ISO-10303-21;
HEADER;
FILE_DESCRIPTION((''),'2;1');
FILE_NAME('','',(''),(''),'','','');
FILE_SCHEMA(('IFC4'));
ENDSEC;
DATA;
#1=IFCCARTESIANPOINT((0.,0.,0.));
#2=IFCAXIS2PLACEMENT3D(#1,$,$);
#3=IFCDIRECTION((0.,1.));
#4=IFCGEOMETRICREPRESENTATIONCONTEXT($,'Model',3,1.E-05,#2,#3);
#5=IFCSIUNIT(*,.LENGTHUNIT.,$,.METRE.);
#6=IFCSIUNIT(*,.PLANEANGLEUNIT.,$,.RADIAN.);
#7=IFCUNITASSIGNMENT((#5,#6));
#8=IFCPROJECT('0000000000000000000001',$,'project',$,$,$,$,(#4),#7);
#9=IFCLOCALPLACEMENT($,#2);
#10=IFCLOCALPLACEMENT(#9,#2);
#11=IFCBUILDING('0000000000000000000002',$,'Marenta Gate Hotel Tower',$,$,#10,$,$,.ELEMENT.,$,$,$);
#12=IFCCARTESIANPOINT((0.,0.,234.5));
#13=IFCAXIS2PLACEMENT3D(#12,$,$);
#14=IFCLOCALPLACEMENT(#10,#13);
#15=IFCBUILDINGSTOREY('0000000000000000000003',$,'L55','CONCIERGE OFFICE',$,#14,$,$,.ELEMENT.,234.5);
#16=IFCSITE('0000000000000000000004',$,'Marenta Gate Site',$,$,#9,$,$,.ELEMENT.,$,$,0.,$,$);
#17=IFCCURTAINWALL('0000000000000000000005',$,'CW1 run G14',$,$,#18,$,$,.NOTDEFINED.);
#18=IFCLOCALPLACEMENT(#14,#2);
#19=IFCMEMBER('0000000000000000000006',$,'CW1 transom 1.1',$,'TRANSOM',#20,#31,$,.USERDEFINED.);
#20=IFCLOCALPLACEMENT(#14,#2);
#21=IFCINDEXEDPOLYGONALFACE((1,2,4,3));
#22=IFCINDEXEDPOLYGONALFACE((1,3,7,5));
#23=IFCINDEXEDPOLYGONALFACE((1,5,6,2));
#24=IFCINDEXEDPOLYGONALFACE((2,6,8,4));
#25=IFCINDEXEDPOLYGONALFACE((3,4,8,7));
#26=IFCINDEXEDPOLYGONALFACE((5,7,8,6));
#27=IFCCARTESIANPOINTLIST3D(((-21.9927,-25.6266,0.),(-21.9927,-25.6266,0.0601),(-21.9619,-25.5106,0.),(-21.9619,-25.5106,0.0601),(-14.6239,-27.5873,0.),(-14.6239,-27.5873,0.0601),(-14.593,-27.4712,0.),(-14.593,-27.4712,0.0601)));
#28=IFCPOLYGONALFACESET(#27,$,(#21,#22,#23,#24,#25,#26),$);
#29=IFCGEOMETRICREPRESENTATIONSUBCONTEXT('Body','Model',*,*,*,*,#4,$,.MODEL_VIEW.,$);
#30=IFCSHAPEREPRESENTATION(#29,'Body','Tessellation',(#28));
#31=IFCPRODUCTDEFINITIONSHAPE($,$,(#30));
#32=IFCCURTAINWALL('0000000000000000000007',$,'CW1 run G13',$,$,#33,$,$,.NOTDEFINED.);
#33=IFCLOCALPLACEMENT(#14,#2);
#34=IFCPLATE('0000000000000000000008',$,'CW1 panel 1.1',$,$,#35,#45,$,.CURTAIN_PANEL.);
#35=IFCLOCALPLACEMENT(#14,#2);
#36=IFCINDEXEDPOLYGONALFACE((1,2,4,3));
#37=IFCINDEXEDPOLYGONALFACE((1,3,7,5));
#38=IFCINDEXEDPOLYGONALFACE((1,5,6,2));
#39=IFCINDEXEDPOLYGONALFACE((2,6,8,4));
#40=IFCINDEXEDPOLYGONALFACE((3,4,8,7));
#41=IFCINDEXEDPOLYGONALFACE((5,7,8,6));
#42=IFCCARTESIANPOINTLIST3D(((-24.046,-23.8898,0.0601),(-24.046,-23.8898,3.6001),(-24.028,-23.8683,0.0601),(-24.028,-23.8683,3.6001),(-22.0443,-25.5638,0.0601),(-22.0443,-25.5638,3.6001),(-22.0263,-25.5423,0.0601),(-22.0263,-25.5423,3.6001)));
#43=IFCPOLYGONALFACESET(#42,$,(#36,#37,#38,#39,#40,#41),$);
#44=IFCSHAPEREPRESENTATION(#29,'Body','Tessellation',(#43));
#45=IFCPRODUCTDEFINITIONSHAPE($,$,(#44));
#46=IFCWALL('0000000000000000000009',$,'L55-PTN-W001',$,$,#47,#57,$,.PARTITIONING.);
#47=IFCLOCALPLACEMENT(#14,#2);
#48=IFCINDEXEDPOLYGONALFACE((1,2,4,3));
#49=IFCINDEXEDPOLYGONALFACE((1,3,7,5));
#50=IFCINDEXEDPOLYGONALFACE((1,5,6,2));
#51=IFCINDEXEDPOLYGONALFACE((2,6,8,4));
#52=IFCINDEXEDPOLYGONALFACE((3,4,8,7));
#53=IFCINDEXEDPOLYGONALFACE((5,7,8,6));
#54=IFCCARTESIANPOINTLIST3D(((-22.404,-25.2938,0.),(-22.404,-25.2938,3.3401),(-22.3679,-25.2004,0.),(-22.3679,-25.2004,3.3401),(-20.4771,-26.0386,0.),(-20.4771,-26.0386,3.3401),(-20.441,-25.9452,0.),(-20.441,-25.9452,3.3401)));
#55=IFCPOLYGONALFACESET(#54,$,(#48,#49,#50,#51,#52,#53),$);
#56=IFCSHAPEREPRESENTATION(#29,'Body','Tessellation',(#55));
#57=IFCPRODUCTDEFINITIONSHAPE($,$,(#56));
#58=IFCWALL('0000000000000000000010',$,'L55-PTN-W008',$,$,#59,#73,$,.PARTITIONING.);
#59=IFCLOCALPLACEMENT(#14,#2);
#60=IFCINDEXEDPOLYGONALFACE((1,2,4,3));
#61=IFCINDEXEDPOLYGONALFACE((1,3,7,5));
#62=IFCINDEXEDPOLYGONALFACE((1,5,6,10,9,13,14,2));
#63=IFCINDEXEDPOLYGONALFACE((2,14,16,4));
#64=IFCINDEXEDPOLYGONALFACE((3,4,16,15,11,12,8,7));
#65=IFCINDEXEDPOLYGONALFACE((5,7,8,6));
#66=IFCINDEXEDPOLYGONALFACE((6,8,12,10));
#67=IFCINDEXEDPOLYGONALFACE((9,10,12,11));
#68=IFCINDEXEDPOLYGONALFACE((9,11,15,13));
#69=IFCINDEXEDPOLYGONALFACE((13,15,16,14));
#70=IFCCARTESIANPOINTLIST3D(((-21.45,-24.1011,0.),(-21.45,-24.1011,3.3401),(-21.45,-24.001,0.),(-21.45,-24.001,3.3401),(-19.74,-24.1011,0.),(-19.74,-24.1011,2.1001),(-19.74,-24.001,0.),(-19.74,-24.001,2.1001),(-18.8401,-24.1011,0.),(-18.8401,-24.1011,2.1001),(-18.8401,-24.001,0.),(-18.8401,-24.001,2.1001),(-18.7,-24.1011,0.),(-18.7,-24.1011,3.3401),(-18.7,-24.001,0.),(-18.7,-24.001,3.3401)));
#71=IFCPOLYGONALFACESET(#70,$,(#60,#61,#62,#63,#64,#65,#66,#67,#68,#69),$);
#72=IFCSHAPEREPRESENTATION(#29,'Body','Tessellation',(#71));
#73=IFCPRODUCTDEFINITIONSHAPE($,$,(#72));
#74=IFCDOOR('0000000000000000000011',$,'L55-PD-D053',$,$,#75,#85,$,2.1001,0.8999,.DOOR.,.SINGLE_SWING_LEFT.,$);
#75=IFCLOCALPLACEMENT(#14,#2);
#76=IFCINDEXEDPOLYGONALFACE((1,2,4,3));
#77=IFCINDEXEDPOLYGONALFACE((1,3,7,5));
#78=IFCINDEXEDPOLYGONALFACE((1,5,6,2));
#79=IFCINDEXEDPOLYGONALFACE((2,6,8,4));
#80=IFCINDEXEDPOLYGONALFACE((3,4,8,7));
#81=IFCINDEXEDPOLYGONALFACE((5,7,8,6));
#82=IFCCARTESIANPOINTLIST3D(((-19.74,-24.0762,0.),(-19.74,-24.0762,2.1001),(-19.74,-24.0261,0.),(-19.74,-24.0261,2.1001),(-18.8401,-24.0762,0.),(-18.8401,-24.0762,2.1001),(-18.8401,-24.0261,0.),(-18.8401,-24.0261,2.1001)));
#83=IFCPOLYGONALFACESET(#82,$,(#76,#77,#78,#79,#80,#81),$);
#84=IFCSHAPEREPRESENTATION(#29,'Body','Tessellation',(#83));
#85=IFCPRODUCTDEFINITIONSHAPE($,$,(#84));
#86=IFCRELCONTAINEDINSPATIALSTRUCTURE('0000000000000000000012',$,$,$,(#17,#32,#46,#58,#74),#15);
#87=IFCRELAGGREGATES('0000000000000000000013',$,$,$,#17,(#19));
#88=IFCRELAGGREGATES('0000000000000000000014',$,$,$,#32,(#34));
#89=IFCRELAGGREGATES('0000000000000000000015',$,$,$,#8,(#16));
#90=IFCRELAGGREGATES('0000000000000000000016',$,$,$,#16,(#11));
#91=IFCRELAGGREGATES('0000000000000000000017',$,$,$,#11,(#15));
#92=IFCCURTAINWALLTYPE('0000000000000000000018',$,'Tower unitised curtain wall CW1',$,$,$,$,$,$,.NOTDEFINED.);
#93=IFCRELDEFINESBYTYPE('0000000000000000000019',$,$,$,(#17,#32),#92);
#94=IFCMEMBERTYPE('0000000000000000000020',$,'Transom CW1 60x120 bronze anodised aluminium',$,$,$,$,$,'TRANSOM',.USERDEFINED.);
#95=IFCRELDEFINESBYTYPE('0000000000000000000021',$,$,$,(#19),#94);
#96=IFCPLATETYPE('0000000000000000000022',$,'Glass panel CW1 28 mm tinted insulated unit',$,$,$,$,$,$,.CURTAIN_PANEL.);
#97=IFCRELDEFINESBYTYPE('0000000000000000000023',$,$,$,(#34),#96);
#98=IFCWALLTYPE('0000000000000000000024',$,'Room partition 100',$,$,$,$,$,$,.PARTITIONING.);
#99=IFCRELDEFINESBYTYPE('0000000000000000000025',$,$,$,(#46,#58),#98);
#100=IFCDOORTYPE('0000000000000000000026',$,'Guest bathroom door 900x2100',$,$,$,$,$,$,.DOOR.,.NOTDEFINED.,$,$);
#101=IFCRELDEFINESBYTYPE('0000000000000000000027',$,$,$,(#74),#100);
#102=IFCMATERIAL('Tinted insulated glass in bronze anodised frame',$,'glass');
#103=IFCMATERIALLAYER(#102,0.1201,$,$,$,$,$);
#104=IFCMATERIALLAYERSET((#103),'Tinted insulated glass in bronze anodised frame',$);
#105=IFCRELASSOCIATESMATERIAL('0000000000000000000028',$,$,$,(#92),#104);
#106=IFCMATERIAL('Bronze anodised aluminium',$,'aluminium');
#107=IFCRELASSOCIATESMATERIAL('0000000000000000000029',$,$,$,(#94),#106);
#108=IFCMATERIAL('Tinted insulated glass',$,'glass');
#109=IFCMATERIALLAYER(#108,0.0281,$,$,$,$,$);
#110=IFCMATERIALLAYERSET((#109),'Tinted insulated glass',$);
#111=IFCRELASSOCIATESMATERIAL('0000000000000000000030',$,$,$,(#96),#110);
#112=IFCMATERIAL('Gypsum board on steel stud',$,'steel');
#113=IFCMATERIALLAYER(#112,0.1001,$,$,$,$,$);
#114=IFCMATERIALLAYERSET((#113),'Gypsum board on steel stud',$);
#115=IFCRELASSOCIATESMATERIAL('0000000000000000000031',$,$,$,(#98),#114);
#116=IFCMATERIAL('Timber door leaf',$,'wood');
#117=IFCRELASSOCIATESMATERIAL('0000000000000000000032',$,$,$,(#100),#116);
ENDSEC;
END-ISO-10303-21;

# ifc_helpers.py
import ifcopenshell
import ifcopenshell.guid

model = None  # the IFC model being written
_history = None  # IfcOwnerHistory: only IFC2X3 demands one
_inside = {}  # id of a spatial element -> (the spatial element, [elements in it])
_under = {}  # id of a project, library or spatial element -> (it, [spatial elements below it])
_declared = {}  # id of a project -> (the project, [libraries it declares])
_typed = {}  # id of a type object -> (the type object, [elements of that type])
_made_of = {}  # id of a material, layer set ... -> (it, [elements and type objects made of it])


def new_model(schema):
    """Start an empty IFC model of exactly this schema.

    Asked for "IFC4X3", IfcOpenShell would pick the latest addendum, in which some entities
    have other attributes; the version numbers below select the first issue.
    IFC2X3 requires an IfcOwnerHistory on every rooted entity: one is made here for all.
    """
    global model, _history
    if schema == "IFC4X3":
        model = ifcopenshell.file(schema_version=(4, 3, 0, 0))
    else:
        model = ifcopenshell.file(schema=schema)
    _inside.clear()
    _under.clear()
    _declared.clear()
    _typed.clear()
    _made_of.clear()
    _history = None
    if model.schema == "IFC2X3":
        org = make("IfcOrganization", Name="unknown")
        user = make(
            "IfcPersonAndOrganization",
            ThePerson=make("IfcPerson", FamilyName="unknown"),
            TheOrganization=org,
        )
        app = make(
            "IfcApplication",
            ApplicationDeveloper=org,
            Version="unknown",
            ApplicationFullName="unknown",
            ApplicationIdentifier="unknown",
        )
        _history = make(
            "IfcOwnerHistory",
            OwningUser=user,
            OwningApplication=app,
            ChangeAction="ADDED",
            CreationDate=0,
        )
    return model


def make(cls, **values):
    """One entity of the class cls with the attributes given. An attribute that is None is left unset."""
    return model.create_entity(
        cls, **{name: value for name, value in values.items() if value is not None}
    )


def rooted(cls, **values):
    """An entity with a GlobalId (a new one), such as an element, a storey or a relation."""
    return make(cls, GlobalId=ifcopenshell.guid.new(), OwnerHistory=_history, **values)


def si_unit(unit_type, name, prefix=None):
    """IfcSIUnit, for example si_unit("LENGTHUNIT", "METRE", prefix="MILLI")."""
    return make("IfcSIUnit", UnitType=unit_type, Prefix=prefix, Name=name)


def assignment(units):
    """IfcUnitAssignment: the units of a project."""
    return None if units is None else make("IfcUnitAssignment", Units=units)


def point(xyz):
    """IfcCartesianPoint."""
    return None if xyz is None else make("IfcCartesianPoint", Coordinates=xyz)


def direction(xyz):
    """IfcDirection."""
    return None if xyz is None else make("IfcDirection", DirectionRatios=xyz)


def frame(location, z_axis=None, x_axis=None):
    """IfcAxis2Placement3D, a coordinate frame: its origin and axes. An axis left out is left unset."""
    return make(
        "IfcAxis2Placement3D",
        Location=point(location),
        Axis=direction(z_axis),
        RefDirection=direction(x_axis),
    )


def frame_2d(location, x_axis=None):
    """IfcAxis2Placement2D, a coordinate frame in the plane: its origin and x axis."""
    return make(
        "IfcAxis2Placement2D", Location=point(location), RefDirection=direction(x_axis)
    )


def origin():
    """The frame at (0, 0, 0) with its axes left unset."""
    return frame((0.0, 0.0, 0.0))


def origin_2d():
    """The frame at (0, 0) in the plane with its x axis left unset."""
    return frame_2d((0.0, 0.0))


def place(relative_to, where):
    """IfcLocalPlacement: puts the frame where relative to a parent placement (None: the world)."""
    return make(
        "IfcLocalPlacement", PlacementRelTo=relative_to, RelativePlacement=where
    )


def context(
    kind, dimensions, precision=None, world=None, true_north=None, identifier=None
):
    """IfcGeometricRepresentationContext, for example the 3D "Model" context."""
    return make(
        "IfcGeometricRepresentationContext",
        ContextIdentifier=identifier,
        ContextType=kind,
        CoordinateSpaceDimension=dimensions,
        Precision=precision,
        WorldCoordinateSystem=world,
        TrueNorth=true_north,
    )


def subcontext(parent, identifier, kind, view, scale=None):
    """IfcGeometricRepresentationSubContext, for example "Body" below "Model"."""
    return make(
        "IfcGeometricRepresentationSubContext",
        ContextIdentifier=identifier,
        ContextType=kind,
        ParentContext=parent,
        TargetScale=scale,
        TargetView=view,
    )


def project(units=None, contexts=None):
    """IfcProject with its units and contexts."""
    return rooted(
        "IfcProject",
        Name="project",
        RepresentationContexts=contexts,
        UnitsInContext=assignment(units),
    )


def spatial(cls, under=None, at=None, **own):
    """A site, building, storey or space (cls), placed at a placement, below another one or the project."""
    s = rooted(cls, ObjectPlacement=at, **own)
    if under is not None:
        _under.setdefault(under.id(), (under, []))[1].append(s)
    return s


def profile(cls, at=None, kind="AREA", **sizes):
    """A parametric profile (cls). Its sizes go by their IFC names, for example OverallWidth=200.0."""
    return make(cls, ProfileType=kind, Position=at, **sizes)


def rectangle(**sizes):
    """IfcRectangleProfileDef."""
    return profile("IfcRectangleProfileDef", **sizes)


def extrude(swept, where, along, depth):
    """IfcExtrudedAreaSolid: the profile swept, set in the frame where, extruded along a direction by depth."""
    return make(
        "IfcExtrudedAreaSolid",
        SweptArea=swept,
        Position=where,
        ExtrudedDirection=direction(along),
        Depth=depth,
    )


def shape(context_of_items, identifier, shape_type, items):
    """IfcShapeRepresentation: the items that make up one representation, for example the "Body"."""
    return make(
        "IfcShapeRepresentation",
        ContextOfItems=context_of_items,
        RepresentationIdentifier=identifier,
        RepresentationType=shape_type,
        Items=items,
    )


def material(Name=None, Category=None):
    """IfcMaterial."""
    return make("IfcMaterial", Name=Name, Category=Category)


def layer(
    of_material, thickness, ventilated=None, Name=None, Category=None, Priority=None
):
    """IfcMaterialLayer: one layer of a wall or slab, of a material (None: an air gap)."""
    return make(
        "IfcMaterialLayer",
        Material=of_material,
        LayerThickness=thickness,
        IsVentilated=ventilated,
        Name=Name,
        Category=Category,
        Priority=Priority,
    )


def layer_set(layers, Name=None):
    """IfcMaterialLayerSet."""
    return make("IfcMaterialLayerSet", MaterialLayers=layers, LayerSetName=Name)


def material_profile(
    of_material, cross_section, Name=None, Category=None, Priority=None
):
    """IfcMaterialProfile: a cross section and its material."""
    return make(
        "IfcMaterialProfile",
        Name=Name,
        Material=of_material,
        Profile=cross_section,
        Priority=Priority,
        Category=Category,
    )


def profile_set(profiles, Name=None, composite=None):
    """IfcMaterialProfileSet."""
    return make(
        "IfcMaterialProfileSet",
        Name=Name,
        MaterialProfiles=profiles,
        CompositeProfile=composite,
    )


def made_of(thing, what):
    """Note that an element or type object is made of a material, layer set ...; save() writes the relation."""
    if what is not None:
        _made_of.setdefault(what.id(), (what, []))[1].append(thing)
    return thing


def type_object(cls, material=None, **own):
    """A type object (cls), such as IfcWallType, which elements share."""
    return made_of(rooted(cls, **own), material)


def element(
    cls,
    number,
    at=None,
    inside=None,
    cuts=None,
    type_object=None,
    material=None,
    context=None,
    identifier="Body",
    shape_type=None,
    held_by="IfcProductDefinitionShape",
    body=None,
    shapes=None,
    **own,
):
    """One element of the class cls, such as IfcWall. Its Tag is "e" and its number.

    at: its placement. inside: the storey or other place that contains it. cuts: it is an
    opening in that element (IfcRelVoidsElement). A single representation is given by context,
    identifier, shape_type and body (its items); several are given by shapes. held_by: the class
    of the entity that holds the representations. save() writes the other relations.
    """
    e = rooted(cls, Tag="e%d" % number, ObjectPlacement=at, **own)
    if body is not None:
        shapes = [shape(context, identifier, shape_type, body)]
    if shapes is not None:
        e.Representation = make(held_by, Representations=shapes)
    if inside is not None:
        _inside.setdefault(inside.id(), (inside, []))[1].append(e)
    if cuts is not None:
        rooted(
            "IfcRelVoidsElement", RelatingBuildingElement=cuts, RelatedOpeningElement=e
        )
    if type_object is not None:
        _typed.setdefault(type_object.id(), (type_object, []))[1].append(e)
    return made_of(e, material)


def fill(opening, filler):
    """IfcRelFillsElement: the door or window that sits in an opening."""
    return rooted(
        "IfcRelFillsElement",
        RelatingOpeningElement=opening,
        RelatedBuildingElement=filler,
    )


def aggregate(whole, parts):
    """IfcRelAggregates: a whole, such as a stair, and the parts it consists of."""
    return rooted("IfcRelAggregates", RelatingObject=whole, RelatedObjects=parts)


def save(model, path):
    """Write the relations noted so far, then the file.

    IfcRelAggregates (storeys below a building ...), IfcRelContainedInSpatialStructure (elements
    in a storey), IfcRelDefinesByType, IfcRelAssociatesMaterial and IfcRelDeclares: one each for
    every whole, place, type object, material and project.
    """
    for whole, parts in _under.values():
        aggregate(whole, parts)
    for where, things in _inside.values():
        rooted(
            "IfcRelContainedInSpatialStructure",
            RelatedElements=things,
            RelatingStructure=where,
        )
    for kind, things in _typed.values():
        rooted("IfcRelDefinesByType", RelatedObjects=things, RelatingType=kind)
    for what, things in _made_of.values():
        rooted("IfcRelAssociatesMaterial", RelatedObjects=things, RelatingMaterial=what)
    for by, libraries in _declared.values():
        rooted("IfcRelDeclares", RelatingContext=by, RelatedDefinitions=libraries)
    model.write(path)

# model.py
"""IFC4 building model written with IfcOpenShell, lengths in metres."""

from ifc_helpers import new_model, si_unit, direction, frame, frame_2d, origin, origin_2d, place, context, subcontext, project, spatial, rectangle, extrude, material, layer, layer_set, material_profile, profile_set, type_object, element, fill, aggregate, save


model = new_model("IFC4")

# Units and contexts
model_context = context("Model", 3, precision=1e-05, world=origin(), true_north=direction((0.0, 1.0)))
body_context = subcontext(model_context, "Body", "Model", "MODEL_VIEW")
ifc_project = project(units=[si_unit("LENGTHUNIT", "METRE"), si_unit("PLANEANGLEUNIT", "RADIAN")], contexts=[model_context])

# Site, building, storey
site_placement = place(None, origin())
site = spatial("IfcSite", under=ifc_project, at=site_placement, Name="Marenta Gate Site", CompositionType="ELEMENT", RefElevation=0.0)
building_placement = place(site_placement, origin())
building = spatial("IfcBuilding", under=site, at=building_placement, Name="Marenta Gate Hotel Tower", CompositionType="ELEMENT")
storey_placement = place(building_placement, frame((0.0, 0.0, 234.5)))
storey = spatial("IfcBuildingStorey", under=building, at=storey_placement, Name="L55", Description="CONCIERGE OFFICE", CompositionType="ELEMENT", Elevation=234.5)

# Curtain wall, member
ifc_material_1 = material(Name="Tinted insulated glass in bronze anodised frame", Category="glass")
ifc_layer_1 = layer(ifc_material_1, 0.1201)
ifc_layer_set_1 = layer_set([ifc_layer_1], Name="Tinted insulated glass in bronze anodised frame")
curtain_wall_type = type_object("IfcCurtainWallType", Name="Tower unitised curtain wall CW1", PredefinedType="NOTDEFINED", material=ifc_layer_set_1)
curtain_wall_1_placement = place(storey_placement, origin())
curtain_wall_1 = element("IfcCurtainWall", 1, at=curtain_wall_1_placement, inside=storey, type_object=curtain_wall_type, Name="CW1 run G14", PredefinedType="NOTDEFINED")
ifc_material_2 = material(Name="Bronze anodised aluminium", Category="aluminium")
ifc_material_profile_1 = material_profile(ifc_material_2, rectangle(XDim=0.1201, YDim=0.0601, at=origin_2d()), Name="Transom CW1 60x120 bronze anodised aluminium")
ifc_profile_set_1 = profile_set([ifc_material_profile_1], Name="Bronze anodised aluminium")
member_type_1 = type_object("IfcMemberType", Name="Transom CW1 60x120 bronze anodised aluminium", ElementType="TRANSOM", PredefinedType="USERDEFINED", material=ifc_profile_set_1)
member_1_placement = place(storey_placement, frame((-21.9773, -25.5686, 0.03), z_axis=(0.966377, -0.257131, 0.0), x_axis=(0.257131, 0.966377, 0.0)))
member_1 = element("IfcMember", 2, at=member_1_placement, type_object=member_type_1, Name="CW1 transom 1.1", ObjectType="TRANSOM", PredefinedType="USERDEFINED", context=body_context, shape_type="SweptSolid", body=[
    extrude(rectangle(XDim=0.1201, YDim=0.0601, at=origin_2d()), origin(), (0.0, 0.0, 1.0), 7.6252),
])
aggregate(curtain_wall_1, [member_1])

# Curtain wall, plate
curtain_wall_2_placement = place(storey_placement, origin())
curtain_wall_2 = element("IfcCurtainWall", 3, at=curtain_wall_2_placement, inside=storey, type_object=curtain_wall_type, Name="CW1 run G13", PredefinedType="NOTDEFINED")
ifc_material_3 = material(Name="Tinted insulated glass", Category="glass")
ifc_layer_2 = layer(ifc_material_3, 0.0281)
ifc_layer_set_2 = layer_set([ifc_layer_2], Name="Tinted insulated glass")
plate_type = type_object("IfcPlateType", Name="Glass panel CW1 28 mm tinted insulated unit", PredefinedType="CURTAIN_PANEL", material=ifc_layer_set_2)
plate_placement = place(storey_placement, frame((-23.0361, -24.7161, 0.0601), z_axis=(0.0, 0.0, 1.0), x_axis=(0.767102, -0.641525, 0.0)))
plate = element("IfcPlate", 4, at=plate_placement, type_object=plate_type, Name="CW1 panel 1.1", PredefinedType="CURTAIN_PANEL", context=body_context, shape_type="SweptSolid", body=[
    extrude(rectangle(XDim=2.6094, YDim=0.0281, at=origin_2d()), origin(), (0.0, 0.0, 1.0), 3.54),
])
aggregate(curtain_wall_2, [plate])

# Wall
ifc_material_4 = material(Name="Gypsum board on steel stud", Category="steel")
ifc_layer_3 = layer(ifc_material_4, 0.1001)
ifc_layer_set_3 = layer_set([ifc_layer_3], Name="Gypsum board on steel stud")
wall_type = type_object("IfcWallType", Name="Room partition 100", PredefinedType="PARTITIONING", material=ifc_layer_set_3)
wall_1_placement = place(storey_placement, frame((-22.386, -25.2471, 0.0), z_axis=(0.0, 0.0, 1.0), x_axis=(0.932741, -0.360546, 0.0)))
element("IfcWall", 5, at=wall_1_placement, inside=storey, type_object=wall_type, Name="L55-PTN-W001", PredefinedType="PARTITIONING", context=body_context, shape_type="SweptSolid", body=[
    extrude(rectangle(XDim=2.0659, YDim=0.1001, at=frame_2d((1.033, 0.0))), origin(), (0.0, 0.0, 1.0), 3.3401),
])

# Wall, opening, door
wall_2_placement = place(storey_placement, frame((-21.45, -24.051, 0.0), z_axis=(0.0, 0.0, 1.0), x_axis=(1.0, 0.0, 0.0)))
wall_2 = element("IfcWall", 6, at=wall_2_placement, inside=storey, type_object=wall_type, Name="L55-PTN-W008", PredefinedType="PARTITIONING", context=body_context, shape_type="SweptSolid", body=[
    extrude(rectangle(XDim=2.75, YDim=0.1001, at=frame_2d((1.375, 0.0))), origin(), (0.0, 0.0, 1.0), 3.3401),
])
opening_placement = place(wall_2_placement, frame((1.71, 0.0, 0.0)))
opening = element("IfcOpeningElement", 7, at=opening_placement, cuts=wall_2, PredefinedType="OPENING", context=body_context, shape_type="SweptSolid", body=[
    extrude(rectangle(XDim=0.8999, YDim=2.1001, at=frame_2d((0.45, 1.05))), frame((0.0, 0.05, 0.0), z_axis=(0.0, -1.0, 0.0), x_axis=(1.0, 0.0, 0.0)), (0.0, 0.0, 1.0), 0.1001),
])
ifc_material_5 = material(Name="Timber door leaf", Category="wood")
door_type = type_object("IfcDoorType", Name="Guest bathroom door 900x2100", OperationType="NOTDEFINED", PredefinedType="DOOR", material=ifc_material_5)
door_placement = place(opening_placement, origin())
door = element("IfcDoor", 8, at=door_placement, inside=storey, type_object=door_type, Name="L55-PD-D053", OperationType="SINGLE_SWING_LEFT", OverallHeight=2.1001, OverallWidth=0.8999, PredefinedType="DOOR", context=body_context, shape_type="SweptSolid", body=[
    extrude(rectangle(XDim=0.8999, YDim=2.1001, at=frame_2d((0.45, 1.05))), frame((0.0, 0.0249, 0.0), z_axis=(0.0, -1.0, 0.0), x_axis=(1.0, 0.0, 0.0)), (0.0, 0.0, 1.0), 0.05),
])
fill(opening, door)

save(model, "model.ifc")
